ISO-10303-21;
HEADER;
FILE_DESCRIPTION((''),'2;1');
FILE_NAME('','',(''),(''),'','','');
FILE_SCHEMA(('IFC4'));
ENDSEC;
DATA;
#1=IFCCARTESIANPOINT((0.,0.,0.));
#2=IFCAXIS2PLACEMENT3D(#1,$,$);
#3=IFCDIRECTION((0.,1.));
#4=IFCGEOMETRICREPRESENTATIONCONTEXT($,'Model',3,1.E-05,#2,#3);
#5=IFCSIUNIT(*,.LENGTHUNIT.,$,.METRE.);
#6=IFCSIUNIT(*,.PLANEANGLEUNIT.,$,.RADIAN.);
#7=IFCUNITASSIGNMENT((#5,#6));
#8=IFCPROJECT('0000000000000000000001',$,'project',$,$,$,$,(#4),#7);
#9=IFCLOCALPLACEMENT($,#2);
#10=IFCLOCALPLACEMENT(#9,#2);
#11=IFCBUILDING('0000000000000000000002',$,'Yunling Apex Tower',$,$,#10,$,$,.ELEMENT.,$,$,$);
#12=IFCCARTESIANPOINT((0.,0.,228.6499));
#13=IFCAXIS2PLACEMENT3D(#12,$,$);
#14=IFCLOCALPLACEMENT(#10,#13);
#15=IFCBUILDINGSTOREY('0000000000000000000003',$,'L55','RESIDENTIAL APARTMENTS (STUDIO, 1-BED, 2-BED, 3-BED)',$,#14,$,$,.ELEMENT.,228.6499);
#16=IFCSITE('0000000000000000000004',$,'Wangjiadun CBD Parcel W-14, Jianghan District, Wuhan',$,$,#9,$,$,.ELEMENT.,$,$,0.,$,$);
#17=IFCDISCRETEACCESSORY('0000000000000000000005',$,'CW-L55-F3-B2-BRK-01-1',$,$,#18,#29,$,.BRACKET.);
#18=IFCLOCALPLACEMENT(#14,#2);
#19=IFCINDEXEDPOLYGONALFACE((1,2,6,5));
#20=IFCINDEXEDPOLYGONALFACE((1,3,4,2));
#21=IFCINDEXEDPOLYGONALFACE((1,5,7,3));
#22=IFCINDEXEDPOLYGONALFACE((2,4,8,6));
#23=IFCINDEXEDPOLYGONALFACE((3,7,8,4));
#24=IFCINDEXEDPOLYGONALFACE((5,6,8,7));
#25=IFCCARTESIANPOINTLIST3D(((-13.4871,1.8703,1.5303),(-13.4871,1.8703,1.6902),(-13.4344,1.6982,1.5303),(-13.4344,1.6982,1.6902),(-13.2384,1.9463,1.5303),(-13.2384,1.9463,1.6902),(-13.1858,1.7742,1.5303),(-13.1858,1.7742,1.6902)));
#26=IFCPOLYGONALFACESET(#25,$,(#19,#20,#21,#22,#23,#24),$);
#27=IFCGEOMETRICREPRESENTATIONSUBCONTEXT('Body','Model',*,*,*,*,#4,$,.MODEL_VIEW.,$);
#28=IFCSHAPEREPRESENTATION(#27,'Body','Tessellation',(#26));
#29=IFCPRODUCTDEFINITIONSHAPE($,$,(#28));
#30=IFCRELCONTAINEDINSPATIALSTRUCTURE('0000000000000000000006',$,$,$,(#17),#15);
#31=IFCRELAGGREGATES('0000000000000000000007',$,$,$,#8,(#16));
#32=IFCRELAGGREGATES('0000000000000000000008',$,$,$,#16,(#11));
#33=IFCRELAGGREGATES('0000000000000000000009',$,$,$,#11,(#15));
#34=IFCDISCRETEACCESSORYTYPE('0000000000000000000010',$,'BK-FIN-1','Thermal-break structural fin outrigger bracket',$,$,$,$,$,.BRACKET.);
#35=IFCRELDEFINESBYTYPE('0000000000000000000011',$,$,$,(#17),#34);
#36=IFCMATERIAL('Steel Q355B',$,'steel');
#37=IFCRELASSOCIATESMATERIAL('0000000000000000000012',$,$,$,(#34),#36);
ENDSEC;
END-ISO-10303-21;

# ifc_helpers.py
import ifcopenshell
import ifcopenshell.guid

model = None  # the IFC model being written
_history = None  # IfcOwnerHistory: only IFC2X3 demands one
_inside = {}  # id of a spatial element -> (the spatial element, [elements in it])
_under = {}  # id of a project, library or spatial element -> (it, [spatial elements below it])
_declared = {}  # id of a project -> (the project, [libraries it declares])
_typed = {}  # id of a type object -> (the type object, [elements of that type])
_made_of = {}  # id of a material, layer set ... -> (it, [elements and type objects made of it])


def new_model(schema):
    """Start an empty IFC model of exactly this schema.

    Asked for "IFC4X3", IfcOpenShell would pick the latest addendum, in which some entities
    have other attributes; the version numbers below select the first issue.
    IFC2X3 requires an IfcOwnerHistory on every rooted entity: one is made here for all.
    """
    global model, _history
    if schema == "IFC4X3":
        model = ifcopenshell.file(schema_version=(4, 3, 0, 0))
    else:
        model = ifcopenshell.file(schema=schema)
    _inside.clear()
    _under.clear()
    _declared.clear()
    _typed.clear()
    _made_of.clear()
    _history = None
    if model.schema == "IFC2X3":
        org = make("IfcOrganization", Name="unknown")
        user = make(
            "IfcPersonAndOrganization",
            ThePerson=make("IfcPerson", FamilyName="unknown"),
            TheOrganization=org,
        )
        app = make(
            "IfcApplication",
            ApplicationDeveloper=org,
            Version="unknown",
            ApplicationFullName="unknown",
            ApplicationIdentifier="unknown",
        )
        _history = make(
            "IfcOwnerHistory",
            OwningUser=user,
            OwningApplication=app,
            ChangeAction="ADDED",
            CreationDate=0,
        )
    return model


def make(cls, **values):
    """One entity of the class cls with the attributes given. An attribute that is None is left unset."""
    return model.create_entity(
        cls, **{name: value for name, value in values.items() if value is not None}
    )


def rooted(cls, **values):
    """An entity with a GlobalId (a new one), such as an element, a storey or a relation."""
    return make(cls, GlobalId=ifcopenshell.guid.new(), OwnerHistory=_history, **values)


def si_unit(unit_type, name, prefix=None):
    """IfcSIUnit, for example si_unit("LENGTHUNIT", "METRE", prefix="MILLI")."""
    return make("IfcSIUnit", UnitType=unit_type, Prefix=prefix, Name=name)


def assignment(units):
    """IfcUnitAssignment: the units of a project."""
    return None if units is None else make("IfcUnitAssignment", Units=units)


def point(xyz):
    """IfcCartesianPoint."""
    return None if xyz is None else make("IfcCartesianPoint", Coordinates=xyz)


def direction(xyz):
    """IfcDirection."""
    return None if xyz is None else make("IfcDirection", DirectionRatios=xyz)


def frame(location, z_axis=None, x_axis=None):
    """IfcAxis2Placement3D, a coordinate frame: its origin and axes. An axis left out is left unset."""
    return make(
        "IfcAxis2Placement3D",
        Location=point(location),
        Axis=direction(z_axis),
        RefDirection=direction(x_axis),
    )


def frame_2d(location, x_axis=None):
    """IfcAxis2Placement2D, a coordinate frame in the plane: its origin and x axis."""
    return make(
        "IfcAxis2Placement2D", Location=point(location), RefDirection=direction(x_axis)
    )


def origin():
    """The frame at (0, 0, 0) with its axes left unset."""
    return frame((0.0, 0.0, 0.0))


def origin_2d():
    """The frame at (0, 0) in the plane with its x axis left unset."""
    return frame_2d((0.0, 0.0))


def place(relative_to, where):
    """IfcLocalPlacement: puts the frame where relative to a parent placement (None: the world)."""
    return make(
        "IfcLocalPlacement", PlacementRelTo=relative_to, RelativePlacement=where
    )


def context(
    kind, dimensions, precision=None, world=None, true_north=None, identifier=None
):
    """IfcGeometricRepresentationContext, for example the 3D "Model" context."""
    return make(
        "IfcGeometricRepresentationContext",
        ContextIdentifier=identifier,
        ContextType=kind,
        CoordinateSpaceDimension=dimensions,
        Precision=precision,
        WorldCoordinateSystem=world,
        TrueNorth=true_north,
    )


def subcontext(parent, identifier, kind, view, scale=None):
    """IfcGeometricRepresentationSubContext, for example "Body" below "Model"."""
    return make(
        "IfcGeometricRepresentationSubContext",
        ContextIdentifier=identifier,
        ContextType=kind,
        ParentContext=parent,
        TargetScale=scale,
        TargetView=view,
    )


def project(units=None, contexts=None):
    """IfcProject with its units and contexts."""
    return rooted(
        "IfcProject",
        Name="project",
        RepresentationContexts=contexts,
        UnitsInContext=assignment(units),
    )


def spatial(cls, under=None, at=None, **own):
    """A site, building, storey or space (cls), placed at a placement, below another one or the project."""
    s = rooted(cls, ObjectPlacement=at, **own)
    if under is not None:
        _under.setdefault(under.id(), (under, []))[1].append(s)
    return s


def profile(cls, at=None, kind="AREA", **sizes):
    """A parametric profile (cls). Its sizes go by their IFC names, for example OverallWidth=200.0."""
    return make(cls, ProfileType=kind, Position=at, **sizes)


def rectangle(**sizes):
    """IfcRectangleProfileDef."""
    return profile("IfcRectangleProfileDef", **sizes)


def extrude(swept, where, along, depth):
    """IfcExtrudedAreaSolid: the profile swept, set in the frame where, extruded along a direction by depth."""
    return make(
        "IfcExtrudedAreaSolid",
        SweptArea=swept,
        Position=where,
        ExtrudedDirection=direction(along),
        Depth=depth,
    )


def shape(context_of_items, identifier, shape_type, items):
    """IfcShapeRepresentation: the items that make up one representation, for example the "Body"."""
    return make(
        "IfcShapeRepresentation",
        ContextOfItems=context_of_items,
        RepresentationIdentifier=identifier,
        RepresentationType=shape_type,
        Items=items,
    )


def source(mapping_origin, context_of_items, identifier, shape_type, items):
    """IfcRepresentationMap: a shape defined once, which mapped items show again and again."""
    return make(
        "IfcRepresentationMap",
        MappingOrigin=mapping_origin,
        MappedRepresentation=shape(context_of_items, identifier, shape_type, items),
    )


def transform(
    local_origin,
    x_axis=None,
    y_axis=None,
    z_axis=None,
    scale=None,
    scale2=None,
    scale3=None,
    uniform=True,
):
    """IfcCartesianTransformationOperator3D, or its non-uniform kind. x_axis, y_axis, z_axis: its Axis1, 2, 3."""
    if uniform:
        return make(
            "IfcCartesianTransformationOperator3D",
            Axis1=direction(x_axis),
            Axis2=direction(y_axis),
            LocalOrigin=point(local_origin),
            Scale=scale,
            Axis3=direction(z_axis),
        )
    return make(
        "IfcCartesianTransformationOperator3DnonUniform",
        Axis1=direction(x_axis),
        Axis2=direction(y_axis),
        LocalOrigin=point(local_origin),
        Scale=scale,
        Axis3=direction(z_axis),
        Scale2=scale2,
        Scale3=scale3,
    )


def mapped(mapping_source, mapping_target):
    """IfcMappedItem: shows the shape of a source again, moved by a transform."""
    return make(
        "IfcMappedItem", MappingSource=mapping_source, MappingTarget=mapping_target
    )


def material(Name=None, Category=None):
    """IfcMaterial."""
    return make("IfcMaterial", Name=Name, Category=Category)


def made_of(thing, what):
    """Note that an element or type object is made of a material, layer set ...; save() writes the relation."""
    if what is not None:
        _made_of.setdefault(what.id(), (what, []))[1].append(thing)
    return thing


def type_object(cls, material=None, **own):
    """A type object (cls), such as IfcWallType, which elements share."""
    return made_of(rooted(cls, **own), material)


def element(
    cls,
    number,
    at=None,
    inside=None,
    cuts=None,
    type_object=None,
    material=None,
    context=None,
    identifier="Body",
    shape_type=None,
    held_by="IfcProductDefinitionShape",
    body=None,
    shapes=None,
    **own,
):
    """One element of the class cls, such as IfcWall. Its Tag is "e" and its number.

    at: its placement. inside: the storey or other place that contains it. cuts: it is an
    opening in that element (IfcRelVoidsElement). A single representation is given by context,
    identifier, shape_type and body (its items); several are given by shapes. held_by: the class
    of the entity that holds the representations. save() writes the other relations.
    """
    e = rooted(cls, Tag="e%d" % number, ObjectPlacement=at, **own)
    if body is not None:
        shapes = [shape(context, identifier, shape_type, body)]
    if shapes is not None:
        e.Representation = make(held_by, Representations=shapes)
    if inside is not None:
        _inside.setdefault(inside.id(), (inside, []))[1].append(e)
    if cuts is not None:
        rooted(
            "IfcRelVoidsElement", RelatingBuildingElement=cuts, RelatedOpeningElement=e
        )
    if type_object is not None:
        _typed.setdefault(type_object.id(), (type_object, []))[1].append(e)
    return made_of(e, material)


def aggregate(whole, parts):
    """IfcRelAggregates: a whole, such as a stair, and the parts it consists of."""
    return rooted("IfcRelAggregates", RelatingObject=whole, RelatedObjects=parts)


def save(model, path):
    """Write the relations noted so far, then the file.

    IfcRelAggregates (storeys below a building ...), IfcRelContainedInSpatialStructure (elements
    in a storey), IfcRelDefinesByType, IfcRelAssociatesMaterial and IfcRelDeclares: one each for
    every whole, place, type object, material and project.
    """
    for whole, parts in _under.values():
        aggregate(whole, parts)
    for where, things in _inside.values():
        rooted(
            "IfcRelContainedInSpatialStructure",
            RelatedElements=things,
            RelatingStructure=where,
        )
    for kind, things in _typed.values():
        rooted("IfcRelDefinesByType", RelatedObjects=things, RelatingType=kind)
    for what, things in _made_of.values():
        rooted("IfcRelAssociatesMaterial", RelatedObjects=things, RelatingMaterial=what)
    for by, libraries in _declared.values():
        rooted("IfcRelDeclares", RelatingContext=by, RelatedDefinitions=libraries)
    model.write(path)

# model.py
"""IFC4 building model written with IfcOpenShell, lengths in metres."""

from ifc_helpers import new_model, si_unit, direction, frame, origin, origin_2d, place, context, subcontext, project, spatial, rectangle, extrude, source, transform, mapped, material, type_object, element, save


model = new_model("IFC4")

# Units and contexts
model_context = context("Model", 3, precision=1e-05, world=origin(), true_north=direction((0.0, 1.0)))
body_context = subcontext(model_context, "Body", "Model", "MODEL_VIEW")
ifc_project = project(units=[si_unit("LENGTHUNIT", "METRE"), si_unit("PLANEANGLEUNIT", "RADIAN")], contexts=[model_context])

# Site, building, storey
site_placement = place(None, origin())
site = spatial("IfcSite", under=ifc_project, at=site_placement, Name="Wangjiadun CBD Parcel W-14, Jianghan District, Wuhan", CompositionType="ELEMENT", RefElevation=0.0)
building_placement = place(site_placement, origin())
building = spatial("IfcBuilding", under=site, at=building_placement, Name="Yunling Apex Tower", CompositionType="ELEMENT")
storey_placement = place(building_placement, frame((0.0, 0.0, 228.6499)))
storey = spatial("IfcBuildingStorey", under=building, at=storey_placement, Name="L55", Description="RESIDENTIAL APARTMENTS (STUDIO, 1-BED, 2-BED, 3-BED)", CompositionType="ELEMENT", Elevation=228.6499)

# Shared definitions
ifc_material_1 = material(Name="Steel Q355B", Category="steel")

# Discrete accessory
discrete_accessory_type = type_object("IfcDiscreteAccessoryType", Name="BK-FIN-1", Description="Thermal-break structural fin outrigger bracket", PredefinedType="BRACKET", material=ifc_material_1)
shared_shape_1 = source(origin(), body_context, "Body", "SweptSolid", [
    extrude(rectangle(XDim=0.1799, YDim=0.26, at=origin_2d()), origin(), (0.0, 0.0, 1.0), 0.1599),
])
discrete_accessory_placement = place(storey_placement, frame((-13.3364, 1.8223, 1.5303), z_axis=(0.0, 0.0, 1.0), x_axis=(0.292372, -0.956305, 0.0)))
element("IfcDiscreteAccessory", 1, at=discrete_accessory_placement, inside=storey, type_object=discrete_accessory_type, Name="CW-L55-F3-B2-BRK-01-1", PredefinedType="BRACKET", context=body_context, shape_type="MappedRepresentation", body=[
    mapped(shared_shape_1, transform((0.0, 0.0, 0.0), scale=1.0)),
])

save(model, "model.ifc")
